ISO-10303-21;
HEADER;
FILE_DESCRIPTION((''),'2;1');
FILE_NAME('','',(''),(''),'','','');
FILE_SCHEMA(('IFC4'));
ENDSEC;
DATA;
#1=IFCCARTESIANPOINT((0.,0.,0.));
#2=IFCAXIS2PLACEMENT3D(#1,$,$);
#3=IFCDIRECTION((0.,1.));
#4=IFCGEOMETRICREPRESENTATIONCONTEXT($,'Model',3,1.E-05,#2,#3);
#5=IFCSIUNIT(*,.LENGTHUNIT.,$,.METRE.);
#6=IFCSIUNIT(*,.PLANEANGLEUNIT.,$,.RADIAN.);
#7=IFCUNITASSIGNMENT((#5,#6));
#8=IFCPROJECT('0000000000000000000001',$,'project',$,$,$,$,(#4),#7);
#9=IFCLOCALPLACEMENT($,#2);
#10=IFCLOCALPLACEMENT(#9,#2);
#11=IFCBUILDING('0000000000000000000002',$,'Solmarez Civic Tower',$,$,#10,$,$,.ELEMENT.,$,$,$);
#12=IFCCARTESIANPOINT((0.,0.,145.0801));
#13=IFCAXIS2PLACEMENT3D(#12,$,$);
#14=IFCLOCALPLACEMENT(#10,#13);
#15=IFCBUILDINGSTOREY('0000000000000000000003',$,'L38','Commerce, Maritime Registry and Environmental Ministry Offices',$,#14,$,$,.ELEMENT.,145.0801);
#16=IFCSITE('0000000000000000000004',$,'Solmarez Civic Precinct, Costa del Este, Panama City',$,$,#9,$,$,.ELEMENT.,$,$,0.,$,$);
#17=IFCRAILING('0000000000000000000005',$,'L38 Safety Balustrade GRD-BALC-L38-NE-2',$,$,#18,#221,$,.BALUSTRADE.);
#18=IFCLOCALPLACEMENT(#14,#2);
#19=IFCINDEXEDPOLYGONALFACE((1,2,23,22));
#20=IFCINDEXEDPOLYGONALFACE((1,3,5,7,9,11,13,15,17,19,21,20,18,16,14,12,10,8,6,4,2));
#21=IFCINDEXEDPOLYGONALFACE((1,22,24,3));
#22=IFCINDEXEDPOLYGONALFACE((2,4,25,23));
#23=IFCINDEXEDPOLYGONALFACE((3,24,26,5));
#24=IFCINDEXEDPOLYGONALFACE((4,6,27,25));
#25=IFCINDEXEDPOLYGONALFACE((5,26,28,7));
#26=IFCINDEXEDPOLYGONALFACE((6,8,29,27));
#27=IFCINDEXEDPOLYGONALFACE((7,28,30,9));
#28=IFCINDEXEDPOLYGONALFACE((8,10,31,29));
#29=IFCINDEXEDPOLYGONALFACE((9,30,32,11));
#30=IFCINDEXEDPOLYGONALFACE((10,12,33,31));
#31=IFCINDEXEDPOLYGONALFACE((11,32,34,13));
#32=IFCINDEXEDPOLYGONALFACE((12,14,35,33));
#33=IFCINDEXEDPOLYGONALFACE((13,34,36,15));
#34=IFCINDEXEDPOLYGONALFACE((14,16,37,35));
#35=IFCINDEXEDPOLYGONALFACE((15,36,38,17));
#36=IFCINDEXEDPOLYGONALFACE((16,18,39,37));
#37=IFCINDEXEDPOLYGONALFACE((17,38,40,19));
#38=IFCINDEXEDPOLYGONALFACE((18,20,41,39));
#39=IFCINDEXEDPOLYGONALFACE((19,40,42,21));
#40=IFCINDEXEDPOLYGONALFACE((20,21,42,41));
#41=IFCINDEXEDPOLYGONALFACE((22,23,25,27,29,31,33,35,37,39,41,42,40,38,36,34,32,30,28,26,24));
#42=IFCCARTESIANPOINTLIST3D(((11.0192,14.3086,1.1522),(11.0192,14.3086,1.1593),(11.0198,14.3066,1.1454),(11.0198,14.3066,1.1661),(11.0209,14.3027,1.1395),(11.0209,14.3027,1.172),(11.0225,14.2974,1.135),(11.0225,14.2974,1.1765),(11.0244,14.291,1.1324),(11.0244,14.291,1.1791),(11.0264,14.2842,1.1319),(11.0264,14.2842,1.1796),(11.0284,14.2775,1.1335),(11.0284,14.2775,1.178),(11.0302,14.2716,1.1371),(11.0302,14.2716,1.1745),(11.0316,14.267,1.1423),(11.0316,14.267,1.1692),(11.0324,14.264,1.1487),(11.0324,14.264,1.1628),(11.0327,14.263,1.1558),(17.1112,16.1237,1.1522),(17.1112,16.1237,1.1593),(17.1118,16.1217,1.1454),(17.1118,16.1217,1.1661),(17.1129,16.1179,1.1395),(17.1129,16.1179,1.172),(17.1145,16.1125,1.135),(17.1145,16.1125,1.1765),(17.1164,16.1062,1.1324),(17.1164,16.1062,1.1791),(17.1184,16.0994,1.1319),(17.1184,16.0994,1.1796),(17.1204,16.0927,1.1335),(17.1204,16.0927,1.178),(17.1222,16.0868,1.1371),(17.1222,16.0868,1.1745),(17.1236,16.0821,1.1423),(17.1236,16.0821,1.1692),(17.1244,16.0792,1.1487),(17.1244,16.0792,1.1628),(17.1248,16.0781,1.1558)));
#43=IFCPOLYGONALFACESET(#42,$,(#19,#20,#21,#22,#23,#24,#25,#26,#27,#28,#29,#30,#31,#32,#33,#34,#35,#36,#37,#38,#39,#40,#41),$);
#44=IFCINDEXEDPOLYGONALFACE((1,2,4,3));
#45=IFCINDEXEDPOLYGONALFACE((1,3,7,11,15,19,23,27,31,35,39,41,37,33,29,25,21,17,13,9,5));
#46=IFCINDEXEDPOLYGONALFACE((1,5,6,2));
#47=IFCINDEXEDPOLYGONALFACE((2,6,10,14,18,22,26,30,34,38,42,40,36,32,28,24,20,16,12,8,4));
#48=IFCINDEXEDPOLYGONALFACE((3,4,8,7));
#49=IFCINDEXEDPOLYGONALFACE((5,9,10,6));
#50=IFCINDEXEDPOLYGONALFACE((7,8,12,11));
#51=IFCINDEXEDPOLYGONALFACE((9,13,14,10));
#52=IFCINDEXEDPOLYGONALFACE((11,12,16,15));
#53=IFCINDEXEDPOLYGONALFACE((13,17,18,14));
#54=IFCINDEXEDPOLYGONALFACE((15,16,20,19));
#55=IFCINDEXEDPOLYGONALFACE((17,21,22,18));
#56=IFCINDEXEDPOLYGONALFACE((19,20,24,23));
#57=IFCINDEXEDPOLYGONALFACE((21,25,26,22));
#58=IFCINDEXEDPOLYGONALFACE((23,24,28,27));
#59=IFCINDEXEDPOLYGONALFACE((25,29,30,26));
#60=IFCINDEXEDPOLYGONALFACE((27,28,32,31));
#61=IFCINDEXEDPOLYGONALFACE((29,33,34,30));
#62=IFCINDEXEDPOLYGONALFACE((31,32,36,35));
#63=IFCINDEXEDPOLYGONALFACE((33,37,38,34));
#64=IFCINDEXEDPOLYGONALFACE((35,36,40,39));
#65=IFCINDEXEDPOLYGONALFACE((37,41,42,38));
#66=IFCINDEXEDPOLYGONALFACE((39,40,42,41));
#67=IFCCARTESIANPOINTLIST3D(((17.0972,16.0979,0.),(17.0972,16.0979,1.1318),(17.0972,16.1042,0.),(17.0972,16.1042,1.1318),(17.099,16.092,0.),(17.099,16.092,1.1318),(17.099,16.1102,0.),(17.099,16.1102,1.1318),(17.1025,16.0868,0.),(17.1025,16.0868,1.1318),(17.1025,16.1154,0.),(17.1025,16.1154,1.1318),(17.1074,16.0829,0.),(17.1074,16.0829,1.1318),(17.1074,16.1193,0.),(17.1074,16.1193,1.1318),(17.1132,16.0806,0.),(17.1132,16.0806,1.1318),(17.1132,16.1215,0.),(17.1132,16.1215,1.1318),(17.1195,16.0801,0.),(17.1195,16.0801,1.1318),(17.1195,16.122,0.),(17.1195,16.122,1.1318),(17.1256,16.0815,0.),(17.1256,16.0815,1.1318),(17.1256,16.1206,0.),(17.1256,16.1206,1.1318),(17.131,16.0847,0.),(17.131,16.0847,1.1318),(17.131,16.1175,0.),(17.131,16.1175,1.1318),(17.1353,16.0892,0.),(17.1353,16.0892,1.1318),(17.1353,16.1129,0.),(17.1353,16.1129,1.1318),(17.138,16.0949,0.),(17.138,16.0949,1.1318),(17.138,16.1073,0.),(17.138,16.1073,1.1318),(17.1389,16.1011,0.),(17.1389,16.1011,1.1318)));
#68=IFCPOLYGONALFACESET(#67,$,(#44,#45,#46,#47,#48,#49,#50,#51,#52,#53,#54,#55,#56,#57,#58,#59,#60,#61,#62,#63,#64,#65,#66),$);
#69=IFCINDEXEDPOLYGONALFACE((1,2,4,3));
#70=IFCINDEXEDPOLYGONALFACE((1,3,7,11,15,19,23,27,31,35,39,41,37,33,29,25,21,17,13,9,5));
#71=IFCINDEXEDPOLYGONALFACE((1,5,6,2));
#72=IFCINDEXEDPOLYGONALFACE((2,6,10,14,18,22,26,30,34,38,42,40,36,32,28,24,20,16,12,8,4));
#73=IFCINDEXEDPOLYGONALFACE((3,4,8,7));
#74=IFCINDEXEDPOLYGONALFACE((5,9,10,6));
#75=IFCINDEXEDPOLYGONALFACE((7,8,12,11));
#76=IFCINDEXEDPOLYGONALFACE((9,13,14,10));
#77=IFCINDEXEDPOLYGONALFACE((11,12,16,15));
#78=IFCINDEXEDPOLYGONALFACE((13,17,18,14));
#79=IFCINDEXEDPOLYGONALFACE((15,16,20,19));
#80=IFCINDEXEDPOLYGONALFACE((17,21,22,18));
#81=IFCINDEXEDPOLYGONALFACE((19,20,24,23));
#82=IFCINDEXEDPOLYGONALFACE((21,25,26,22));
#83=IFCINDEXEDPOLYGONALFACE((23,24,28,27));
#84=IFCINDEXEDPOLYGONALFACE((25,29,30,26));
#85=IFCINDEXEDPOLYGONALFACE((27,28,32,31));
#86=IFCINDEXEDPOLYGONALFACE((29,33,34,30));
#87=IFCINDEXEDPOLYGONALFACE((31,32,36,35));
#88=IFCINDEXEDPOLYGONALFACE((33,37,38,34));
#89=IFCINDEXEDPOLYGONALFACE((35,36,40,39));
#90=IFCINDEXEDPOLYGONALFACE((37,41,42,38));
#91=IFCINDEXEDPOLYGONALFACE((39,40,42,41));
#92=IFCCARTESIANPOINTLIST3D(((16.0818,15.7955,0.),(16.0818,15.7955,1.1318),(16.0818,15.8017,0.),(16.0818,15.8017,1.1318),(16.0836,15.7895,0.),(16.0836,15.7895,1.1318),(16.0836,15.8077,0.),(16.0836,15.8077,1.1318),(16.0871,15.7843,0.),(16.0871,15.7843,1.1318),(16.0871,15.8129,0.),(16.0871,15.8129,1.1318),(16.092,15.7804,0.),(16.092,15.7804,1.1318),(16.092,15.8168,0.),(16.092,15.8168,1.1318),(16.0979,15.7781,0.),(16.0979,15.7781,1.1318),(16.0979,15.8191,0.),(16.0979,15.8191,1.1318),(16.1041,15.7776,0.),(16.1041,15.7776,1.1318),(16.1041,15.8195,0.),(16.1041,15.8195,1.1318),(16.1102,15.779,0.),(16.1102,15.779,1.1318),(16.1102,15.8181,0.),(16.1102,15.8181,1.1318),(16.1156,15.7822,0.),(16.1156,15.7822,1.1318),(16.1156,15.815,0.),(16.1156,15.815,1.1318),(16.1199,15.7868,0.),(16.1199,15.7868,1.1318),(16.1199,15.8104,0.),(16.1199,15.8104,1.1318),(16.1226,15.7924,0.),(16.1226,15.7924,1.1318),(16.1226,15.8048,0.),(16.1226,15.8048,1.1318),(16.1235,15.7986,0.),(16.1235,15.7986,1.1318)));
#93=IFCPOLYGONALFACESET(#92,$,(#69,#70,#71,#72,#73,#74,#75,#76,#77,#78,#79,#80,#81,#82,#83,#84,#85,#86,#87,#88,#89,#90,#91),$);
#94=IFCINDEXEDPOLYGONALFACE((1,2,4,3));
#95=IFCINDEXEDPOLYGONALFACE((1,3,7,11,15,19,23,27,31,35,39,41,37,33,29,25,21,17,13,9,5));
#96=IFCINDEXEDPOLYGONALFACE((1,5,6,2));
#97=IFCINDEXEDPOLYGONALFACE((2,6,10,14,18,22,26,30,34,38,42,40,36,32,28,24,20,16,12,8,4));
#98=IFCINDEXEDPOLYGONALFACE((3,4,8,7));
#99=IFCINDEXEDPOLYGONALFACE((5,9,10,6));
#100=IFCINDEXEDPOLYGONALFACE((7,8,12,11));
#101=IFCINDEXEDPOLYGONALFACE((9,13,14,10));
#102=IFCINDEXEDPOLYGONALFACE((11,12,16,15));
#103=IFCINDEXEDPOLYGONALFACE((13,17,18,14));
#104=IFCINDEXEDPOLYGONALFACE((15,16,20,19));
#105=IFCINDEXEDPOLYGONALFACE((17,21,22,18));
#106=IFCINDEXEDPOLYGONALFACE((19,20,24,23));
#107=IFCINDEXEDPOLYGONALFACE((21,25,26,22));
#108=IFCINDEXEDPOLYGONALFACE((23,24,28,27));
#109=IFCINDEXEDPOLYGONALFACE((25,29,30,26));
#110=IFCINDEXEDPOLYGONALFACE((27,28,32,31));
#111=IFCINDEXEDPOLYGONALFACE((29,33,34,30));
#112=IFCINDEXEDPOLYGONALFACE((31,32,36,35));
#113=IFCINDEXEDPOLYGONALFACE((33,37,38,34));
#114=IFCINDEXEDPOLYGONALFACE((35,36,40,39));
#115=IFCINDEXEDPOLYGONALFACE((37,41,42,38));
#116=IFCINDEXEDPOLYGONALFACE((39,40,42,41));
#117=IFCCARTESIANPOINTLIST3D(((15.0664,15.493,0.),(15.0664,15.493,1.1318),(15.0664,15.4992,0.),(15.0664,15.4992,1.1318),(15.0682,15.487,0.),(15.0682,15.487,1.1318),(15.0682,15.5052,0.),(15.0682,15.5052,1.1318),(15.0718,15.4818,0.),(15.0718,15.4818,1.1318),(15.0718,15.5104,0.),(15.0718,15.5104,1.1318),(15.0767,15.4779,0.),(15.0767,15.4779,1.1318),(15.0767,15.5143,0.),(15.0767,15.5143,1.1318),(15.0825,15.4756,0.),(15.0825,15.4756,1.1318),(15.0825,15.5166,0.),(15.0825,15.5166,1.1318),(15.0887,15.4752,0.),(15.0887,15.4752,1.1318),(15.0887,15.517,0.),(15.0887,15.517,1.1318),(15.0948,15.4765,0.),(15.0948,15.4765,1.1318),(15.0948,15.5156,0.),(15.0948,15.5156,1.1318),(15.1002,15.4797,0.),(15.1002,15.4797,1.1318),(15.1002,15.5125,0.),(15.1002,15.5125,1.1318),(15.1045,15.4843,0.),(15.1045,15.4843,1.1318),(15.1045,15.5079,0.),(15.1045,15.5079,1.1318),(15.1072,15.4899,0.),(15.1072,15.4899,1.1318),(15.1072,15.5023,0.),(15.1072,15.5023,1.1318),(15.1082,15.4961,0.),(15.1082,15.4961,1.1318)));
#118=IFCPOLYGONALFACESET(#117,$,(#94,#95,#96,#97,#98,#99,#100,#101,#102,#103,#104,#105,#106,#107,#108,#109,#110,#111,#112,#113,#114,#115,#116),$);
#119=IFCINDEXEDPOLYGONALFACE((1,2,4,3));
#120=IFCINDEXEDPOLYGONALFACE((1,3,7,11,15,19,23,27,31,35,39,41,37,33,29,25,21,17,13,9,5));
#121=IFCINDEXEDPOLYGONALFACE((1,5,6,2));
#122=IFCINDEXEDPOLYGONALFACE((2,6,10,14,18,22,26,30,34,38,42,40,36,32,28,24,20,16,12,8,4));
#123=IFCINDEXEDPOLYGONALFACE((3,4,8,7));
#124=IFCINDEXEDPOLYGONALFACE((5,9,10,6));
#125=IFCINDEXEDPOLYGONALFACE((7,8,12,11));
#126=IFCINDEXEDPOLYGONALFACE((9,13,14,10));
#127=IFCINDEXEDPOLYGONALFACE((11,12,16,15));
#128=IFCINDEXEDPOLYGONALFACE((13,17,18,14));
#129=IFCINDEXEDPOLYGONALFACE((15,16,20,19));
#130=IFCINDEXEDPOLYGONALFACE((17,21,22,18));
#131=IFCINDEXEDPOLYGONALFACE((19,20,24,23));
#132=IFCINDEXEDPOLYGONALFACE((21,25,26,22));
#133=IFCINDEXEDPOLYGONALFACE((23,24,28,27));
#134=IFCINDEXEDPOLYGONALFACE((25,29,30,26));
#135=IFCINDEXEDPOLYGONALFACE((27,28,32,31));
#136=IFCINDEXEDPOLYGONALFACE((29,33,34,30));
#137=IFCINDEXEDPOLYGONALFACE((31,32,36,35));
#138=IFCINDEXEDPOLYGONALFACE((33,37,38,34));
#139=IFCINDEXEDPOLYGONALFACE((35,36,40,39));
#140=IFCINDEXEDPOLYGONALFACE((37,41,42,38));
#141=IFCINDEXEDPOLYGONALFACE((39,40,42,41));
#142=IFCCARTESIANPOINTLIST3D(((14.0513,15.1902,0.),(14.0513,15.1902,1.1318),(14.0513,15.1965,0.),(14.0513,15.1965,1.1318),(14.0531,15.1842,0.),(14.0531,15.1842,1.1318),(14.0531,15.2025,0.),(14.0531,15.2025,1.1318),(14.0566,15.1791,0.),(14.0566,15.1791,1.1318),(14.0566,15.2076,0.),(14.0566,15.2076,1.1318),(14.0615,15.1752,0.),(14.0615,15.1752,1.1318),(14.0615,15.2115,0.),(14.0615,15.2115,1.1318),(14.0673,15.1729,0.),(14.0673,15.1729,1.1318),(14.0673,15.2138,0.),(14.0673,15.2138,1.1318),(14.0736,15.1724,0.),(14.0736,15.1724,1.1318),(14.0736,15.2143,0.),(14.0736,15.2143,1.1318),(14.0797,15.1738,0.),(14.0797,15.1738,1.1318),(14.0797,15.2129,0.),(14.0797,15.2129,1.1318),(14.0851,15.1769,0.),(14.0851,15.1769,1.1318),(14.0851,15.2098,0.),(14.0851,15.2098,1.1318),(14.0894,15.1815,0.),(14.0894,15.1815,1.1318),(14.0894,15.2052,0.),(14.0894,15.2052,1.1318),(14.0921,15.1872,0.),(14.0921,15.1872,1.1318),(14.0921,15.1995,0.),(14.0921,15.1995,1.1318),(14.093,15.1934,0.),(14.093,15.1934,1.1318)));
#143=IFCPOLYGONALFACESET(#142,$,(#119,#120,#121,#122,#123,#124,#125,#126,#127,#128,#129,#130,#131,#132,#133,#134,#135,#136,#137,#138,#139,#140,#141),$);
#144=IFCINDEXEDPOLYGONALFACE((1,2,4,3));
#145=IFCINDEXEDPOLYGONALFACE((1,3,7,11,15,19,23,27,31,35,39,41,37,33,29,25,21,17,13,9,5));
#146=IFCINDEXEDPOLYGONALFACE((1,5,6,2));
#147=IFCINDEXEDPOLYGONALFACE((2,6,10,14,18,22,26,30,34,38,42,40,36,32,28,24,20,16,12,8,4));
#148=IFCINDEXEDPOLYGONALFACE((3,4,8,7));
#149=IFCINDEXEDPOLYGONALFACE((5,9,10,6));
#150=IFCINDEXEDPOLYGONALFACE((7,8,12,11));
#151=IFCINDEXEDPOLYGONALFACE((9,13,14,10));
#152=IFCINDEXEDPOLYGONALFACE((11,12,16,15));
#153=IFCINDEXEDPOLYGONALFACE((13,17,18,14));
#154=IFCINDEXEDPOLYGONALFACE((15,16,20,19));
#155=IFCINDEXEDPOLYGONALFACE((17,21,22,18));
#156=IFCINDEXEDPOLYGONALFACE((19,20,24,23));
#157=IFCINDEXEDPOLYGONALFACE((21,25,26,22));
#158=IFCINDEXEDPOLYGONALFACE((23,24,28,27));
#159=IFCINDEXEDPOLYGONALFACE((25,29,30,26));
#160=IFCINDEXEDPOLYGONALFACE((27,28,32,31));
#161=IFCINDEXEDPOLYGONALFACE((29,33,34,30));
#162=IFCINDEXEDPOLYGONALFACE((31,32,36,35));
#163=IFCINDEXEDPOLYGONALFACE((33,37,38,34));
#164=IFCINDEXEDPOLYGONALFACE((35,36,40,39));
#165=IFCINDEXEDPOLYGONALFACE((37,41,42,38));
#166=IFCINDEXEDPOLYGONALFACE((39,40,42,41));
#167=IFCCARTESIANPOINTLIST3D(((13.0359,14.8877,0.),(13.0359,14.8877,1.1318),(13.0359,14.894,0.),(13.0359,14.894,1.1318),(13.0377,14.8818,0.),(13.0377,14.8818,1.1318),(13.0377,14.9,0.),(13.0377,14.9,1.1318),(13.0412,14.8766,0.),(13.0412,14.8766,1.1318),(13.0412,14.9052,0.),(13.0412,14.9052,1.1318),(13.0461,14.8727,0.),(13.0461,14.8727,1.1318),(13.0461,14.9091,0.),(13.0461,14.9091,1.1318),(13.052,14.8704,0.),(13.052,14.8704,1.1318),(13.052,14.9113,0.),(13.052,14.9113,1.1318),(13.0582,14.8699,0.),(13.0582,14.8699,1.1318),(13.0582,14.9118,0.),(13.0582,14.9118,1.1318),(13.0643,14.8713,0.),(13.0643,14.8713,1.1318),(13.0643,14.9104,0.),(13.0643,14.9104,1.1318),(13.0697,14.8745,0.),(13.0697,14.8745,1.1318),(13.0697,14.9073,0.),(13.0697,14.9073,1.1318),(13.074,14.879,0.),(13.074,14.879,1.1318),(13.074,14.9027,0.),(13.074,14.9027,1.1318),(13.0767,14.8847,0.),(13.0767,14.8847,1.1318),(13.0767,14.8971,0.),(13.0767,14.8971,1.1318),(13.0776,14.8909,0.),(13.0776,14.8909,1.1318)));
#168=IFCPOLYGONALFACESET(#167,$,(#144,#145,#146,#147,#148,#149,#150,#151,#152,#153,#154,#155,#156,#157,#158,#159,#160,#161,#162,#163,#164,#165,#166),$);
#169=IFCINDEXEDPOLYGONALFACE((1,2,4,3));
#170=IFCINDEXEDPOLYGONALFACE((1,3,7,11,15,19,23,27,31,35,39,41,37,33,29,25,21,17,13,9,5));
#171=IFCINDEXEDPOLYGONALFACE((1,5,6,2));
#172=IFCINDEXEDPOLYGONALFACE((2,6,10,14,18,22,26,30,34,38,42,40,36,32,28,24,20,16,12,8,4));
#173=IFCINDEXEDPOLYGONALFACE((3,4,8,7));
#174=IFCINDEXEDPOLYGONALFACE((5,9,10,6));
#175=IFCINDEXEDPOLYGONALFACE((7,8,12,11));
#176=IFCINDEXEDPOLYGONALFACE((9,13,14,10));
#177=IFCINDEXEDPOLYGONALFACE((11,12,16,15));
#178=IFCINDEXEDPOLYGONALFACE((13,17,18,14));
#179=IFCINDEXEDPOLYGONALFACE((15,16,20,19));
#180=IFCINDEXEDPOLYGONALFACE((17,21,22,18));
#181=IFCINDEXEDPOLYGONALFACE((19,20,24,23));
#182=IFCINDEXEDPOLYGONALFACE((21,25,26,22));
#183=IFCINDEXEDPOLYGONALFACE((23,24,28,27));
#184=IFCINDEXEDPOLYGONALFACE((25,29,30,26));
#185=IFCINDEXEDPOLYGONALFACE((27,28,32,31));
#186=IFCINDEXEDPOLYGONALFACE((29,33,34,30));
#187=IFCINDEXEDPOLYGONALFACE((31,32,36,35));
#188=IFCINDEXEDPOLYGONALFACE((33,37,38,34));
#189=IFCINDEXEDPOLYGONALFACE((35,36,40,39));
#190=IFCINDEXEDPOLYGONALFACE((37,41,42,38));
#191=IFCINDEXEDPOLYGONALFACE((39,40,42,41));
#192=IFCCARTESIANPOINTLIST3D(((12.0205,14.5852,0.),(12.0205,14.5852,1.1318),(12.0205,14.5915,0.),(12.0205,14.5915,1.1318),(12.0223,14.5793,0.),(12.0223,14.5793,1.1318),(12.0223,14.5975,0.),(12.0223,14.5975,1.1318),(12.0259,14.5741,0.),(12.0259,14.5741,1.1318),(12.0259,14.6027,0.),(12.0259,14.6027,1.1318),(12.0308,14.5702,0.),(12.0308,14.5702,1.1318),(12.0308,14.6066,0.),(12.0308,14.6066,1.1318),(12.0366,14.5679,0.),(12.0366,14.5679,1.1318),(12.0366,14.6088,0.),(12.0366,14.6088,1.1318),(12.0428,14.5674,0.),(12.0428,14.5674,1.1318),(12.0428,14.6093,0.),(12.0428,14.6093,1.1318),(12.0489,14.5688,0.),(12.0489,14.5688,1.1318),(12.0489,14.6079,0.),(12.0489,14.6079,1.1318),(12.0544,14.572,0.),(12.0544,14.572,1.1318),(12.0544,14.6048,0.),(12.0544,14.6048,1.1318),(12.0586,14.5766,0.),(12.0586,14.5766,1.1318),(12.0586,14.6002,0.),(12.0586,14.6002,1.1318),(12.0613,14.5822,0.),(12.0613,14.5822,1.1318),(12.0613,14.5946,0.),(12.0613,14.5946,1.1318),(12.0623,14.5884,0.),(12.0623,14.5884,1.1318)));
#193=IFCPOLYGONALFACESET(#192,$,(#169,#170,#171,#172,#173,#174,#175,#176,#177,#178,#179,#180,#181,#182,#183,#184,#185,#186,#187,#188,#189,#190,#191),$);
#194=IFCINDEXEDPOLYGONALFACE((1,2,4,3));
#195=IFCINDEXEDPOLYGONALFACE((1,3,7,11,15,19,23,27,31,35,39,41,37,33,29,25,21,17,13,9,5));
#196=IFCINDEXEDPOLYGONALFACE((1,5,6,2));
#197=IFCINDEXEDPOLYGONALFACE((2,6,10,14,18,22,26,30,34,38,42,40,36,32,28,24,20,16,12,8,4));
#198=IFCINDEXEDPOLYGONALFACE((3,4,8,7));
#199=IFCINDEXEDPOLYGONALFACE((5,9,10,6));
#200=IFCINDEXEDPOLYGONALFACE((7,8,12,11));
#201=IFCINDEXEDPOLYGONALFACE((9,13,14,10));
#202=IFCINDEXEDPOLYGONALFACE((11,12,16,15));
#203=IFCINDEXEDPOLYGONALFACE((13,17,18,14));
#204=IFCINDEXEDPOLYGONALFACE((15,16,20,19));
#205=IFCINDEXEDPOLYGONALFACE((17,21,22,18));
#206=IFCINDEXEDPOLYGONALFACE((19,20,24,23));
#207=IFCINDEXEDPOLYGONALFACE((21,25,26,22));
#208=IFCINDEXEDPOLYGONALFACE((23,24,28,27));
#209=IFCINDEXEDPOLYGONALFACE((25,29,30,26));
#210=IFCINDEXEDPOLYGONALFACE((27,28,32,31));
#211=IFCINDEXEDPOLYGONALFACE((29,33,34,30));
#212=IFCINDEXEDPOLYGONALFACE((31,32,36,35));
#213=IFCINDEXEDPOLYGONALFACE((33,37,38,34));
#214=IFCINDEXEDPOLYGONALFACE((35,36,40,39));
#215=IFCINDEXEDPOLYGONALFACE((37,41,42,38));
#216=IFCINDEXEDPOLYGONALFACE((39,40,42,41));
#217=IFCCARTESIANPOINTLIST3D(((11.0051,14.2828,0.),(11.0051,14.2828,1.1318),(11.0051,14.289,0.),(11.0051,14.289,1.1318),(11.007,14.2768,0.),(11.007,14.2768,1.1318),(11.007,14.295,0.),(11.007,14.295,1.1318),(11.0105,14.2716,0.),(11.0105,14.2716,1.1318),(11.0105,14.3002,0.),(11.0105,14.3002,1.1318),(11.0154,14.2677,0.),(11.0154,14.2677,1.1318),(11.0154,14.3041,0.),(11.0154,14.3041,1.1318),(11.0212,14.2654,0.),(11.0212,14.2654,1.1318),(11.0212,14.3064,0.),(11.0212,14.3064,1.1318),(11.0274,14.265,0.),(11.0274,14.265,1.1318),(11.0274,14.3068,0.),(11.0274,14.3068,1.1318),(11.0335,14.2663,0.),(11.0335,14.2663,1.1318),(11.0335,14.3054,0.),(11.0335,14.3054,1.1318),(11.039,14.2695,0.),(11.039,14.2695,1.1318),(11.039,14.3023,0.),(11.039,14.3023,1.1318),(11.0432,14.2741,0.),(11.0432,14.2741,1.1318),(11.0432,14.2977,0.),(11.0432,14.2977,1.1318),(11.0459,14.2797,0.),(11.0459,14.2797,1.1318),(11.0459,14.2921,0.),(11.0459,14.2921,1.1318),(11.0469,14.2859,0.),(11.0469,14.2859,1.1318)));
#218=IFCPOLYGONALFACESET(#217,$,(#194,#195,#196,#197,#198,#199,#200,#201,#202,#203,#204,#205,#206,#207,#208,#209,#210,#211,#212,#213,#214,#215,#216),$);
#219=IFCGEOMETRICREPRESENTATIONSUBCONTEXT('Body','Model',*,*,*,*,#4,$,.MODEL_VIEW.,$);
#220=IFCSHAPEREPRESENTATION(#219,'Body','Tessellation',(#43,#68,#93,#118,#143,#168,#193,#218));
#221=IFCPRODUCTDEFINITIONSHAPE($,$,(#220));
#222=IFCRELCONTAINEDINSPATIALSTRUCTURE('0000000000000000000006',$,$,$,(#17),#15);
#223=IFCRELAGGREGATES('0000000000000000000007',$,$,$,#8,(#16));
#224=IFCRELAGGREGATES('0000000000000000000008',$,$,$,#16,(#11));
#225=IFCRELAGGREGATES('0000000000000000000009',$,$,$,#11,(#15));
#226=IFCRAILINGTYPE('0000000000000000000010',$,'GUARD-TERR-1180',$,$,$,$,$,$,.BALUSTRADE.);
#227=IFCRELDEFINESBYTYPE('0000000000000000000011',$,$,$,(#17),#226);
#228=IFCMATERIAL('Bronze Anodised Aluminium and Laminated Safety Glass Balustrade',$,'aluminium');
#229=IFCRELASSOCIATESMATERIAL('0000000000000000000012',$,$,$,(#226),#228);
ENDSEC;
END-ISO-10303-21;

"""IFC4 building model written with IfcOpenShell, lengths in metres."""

from ifc_helpers import new_model, si_unit, direction, frame, origin, origin_2d, place, context, subcontext, project, spatial, circle, extrude, material, type_object, element, save


model = new_model("IFC4")

# Units and contexts
model_context = context("Model", 3, precision=1e-05, world=origin(), true_north=direction((0.0, 1.0)))
body_context = subcontext(model_context, "Body", "Model", "MODEL_VIEW")
ifc_project = project(units=[si_unit("LENGTHUNIT", "METRE"), si_unit("PLANEANGLEUNIT", "RADIAN")], contexts=[model_context])

# Site, building, storey
site_placement = place(None, origin())
site = spatial("IfcSite", under=ifc_project, at=site_placement, Name="Solmarez Civic Precinct, Costa del Este, Panama City", CompositionType="ELEMENT", RefElevation=0.0)
building_placement = place(site_placement, origin())
building = spatial("IfcBuilding", under=site, at=building_placement, Name="Solmarez Civic Tower", CompositionType="ELEMENT")
storey_placement = place(building_placement, frame((0.0, 0.0, 145.0801)))
storey = spatial("IfcBuildingStorey", under=building, at=storey_placement, Name="L38", Description="Commerce, Maritime Registry and Environmental Ministry Offices", CompositionType="ELEMENT", Elevation=145.0801)

# Railing
ifc_material_1 = material(Name="Bronze Anodised Aluminium and Laminated Safety Glass Balustrade", Category="aluminium")
railing_type = type_object("IfcRailingType", Name="GUARD-TERR-1180", PredefinedType="BALUSTRADE", material=ifc_material_1)
railing_placement = place(storey_placement, frame((17.1179, 16.1011, 0.0)))
element("IfcRailing", 1, at=railing_placement, inside=storey, type_object=railing_type, Name="L38 Safety Balustrade GRD-BALC-L38-NE-2", PredefinedType="BALUSTRADE", context=body_context, shape_type="SweptSolid", body=[
    extrude(circle(Radius=0.0239, at=origin_2d()), frame((0.0, 0.0, 1.1558), z_axis=(-0.958363, -0.285554, 0.0), x_axis=(0.285554, -0.958363, 0.0)), (0.0, 0.0, 1.0), 6.3567),
    extrude(circle(Radius=0.021, at=origin_2d()), origin(), (0.0, 0.0, 1.0), 1.1318),
    extrude(circle(Radius=0.021, at=origin_2d()), frame((-1.0154, -0.3025, 0.0)), (0.0, 0.0, 1.0), 1.1318),
    extrude(circle(Radius=0.021, at=origin_2d()), frame((-2.0308, -0.605, 0.0)), (0.0, 0.0, 1.0), 1.1318),
    extrude(circle(Radius=0.021, at=origin_2d()), frame((-3.0459, -0.9077, 0.0)), (0.0, 0.0, 1.0), 1.1318),
    extrude(circle(Radius=0.021, at=origin_2d()), frame((-4.0613, -1.2102, 0.0)), (0.0, 0.0, 1.0), 1.1318),
    extrude(circle(Radius=0.021, at=origin_2d()), frame((-5.0767, -1.5127, 0.0)), (0.0, 0.0, 1.0), 1.1318),
    extrude(circle(Radius=0.021, at=origin_2d()), frame((-6.092, -1.8152, 0.0)), (0.0, 0.0, 1.0), 1.1318),
])

save(model, "model.ifc")
